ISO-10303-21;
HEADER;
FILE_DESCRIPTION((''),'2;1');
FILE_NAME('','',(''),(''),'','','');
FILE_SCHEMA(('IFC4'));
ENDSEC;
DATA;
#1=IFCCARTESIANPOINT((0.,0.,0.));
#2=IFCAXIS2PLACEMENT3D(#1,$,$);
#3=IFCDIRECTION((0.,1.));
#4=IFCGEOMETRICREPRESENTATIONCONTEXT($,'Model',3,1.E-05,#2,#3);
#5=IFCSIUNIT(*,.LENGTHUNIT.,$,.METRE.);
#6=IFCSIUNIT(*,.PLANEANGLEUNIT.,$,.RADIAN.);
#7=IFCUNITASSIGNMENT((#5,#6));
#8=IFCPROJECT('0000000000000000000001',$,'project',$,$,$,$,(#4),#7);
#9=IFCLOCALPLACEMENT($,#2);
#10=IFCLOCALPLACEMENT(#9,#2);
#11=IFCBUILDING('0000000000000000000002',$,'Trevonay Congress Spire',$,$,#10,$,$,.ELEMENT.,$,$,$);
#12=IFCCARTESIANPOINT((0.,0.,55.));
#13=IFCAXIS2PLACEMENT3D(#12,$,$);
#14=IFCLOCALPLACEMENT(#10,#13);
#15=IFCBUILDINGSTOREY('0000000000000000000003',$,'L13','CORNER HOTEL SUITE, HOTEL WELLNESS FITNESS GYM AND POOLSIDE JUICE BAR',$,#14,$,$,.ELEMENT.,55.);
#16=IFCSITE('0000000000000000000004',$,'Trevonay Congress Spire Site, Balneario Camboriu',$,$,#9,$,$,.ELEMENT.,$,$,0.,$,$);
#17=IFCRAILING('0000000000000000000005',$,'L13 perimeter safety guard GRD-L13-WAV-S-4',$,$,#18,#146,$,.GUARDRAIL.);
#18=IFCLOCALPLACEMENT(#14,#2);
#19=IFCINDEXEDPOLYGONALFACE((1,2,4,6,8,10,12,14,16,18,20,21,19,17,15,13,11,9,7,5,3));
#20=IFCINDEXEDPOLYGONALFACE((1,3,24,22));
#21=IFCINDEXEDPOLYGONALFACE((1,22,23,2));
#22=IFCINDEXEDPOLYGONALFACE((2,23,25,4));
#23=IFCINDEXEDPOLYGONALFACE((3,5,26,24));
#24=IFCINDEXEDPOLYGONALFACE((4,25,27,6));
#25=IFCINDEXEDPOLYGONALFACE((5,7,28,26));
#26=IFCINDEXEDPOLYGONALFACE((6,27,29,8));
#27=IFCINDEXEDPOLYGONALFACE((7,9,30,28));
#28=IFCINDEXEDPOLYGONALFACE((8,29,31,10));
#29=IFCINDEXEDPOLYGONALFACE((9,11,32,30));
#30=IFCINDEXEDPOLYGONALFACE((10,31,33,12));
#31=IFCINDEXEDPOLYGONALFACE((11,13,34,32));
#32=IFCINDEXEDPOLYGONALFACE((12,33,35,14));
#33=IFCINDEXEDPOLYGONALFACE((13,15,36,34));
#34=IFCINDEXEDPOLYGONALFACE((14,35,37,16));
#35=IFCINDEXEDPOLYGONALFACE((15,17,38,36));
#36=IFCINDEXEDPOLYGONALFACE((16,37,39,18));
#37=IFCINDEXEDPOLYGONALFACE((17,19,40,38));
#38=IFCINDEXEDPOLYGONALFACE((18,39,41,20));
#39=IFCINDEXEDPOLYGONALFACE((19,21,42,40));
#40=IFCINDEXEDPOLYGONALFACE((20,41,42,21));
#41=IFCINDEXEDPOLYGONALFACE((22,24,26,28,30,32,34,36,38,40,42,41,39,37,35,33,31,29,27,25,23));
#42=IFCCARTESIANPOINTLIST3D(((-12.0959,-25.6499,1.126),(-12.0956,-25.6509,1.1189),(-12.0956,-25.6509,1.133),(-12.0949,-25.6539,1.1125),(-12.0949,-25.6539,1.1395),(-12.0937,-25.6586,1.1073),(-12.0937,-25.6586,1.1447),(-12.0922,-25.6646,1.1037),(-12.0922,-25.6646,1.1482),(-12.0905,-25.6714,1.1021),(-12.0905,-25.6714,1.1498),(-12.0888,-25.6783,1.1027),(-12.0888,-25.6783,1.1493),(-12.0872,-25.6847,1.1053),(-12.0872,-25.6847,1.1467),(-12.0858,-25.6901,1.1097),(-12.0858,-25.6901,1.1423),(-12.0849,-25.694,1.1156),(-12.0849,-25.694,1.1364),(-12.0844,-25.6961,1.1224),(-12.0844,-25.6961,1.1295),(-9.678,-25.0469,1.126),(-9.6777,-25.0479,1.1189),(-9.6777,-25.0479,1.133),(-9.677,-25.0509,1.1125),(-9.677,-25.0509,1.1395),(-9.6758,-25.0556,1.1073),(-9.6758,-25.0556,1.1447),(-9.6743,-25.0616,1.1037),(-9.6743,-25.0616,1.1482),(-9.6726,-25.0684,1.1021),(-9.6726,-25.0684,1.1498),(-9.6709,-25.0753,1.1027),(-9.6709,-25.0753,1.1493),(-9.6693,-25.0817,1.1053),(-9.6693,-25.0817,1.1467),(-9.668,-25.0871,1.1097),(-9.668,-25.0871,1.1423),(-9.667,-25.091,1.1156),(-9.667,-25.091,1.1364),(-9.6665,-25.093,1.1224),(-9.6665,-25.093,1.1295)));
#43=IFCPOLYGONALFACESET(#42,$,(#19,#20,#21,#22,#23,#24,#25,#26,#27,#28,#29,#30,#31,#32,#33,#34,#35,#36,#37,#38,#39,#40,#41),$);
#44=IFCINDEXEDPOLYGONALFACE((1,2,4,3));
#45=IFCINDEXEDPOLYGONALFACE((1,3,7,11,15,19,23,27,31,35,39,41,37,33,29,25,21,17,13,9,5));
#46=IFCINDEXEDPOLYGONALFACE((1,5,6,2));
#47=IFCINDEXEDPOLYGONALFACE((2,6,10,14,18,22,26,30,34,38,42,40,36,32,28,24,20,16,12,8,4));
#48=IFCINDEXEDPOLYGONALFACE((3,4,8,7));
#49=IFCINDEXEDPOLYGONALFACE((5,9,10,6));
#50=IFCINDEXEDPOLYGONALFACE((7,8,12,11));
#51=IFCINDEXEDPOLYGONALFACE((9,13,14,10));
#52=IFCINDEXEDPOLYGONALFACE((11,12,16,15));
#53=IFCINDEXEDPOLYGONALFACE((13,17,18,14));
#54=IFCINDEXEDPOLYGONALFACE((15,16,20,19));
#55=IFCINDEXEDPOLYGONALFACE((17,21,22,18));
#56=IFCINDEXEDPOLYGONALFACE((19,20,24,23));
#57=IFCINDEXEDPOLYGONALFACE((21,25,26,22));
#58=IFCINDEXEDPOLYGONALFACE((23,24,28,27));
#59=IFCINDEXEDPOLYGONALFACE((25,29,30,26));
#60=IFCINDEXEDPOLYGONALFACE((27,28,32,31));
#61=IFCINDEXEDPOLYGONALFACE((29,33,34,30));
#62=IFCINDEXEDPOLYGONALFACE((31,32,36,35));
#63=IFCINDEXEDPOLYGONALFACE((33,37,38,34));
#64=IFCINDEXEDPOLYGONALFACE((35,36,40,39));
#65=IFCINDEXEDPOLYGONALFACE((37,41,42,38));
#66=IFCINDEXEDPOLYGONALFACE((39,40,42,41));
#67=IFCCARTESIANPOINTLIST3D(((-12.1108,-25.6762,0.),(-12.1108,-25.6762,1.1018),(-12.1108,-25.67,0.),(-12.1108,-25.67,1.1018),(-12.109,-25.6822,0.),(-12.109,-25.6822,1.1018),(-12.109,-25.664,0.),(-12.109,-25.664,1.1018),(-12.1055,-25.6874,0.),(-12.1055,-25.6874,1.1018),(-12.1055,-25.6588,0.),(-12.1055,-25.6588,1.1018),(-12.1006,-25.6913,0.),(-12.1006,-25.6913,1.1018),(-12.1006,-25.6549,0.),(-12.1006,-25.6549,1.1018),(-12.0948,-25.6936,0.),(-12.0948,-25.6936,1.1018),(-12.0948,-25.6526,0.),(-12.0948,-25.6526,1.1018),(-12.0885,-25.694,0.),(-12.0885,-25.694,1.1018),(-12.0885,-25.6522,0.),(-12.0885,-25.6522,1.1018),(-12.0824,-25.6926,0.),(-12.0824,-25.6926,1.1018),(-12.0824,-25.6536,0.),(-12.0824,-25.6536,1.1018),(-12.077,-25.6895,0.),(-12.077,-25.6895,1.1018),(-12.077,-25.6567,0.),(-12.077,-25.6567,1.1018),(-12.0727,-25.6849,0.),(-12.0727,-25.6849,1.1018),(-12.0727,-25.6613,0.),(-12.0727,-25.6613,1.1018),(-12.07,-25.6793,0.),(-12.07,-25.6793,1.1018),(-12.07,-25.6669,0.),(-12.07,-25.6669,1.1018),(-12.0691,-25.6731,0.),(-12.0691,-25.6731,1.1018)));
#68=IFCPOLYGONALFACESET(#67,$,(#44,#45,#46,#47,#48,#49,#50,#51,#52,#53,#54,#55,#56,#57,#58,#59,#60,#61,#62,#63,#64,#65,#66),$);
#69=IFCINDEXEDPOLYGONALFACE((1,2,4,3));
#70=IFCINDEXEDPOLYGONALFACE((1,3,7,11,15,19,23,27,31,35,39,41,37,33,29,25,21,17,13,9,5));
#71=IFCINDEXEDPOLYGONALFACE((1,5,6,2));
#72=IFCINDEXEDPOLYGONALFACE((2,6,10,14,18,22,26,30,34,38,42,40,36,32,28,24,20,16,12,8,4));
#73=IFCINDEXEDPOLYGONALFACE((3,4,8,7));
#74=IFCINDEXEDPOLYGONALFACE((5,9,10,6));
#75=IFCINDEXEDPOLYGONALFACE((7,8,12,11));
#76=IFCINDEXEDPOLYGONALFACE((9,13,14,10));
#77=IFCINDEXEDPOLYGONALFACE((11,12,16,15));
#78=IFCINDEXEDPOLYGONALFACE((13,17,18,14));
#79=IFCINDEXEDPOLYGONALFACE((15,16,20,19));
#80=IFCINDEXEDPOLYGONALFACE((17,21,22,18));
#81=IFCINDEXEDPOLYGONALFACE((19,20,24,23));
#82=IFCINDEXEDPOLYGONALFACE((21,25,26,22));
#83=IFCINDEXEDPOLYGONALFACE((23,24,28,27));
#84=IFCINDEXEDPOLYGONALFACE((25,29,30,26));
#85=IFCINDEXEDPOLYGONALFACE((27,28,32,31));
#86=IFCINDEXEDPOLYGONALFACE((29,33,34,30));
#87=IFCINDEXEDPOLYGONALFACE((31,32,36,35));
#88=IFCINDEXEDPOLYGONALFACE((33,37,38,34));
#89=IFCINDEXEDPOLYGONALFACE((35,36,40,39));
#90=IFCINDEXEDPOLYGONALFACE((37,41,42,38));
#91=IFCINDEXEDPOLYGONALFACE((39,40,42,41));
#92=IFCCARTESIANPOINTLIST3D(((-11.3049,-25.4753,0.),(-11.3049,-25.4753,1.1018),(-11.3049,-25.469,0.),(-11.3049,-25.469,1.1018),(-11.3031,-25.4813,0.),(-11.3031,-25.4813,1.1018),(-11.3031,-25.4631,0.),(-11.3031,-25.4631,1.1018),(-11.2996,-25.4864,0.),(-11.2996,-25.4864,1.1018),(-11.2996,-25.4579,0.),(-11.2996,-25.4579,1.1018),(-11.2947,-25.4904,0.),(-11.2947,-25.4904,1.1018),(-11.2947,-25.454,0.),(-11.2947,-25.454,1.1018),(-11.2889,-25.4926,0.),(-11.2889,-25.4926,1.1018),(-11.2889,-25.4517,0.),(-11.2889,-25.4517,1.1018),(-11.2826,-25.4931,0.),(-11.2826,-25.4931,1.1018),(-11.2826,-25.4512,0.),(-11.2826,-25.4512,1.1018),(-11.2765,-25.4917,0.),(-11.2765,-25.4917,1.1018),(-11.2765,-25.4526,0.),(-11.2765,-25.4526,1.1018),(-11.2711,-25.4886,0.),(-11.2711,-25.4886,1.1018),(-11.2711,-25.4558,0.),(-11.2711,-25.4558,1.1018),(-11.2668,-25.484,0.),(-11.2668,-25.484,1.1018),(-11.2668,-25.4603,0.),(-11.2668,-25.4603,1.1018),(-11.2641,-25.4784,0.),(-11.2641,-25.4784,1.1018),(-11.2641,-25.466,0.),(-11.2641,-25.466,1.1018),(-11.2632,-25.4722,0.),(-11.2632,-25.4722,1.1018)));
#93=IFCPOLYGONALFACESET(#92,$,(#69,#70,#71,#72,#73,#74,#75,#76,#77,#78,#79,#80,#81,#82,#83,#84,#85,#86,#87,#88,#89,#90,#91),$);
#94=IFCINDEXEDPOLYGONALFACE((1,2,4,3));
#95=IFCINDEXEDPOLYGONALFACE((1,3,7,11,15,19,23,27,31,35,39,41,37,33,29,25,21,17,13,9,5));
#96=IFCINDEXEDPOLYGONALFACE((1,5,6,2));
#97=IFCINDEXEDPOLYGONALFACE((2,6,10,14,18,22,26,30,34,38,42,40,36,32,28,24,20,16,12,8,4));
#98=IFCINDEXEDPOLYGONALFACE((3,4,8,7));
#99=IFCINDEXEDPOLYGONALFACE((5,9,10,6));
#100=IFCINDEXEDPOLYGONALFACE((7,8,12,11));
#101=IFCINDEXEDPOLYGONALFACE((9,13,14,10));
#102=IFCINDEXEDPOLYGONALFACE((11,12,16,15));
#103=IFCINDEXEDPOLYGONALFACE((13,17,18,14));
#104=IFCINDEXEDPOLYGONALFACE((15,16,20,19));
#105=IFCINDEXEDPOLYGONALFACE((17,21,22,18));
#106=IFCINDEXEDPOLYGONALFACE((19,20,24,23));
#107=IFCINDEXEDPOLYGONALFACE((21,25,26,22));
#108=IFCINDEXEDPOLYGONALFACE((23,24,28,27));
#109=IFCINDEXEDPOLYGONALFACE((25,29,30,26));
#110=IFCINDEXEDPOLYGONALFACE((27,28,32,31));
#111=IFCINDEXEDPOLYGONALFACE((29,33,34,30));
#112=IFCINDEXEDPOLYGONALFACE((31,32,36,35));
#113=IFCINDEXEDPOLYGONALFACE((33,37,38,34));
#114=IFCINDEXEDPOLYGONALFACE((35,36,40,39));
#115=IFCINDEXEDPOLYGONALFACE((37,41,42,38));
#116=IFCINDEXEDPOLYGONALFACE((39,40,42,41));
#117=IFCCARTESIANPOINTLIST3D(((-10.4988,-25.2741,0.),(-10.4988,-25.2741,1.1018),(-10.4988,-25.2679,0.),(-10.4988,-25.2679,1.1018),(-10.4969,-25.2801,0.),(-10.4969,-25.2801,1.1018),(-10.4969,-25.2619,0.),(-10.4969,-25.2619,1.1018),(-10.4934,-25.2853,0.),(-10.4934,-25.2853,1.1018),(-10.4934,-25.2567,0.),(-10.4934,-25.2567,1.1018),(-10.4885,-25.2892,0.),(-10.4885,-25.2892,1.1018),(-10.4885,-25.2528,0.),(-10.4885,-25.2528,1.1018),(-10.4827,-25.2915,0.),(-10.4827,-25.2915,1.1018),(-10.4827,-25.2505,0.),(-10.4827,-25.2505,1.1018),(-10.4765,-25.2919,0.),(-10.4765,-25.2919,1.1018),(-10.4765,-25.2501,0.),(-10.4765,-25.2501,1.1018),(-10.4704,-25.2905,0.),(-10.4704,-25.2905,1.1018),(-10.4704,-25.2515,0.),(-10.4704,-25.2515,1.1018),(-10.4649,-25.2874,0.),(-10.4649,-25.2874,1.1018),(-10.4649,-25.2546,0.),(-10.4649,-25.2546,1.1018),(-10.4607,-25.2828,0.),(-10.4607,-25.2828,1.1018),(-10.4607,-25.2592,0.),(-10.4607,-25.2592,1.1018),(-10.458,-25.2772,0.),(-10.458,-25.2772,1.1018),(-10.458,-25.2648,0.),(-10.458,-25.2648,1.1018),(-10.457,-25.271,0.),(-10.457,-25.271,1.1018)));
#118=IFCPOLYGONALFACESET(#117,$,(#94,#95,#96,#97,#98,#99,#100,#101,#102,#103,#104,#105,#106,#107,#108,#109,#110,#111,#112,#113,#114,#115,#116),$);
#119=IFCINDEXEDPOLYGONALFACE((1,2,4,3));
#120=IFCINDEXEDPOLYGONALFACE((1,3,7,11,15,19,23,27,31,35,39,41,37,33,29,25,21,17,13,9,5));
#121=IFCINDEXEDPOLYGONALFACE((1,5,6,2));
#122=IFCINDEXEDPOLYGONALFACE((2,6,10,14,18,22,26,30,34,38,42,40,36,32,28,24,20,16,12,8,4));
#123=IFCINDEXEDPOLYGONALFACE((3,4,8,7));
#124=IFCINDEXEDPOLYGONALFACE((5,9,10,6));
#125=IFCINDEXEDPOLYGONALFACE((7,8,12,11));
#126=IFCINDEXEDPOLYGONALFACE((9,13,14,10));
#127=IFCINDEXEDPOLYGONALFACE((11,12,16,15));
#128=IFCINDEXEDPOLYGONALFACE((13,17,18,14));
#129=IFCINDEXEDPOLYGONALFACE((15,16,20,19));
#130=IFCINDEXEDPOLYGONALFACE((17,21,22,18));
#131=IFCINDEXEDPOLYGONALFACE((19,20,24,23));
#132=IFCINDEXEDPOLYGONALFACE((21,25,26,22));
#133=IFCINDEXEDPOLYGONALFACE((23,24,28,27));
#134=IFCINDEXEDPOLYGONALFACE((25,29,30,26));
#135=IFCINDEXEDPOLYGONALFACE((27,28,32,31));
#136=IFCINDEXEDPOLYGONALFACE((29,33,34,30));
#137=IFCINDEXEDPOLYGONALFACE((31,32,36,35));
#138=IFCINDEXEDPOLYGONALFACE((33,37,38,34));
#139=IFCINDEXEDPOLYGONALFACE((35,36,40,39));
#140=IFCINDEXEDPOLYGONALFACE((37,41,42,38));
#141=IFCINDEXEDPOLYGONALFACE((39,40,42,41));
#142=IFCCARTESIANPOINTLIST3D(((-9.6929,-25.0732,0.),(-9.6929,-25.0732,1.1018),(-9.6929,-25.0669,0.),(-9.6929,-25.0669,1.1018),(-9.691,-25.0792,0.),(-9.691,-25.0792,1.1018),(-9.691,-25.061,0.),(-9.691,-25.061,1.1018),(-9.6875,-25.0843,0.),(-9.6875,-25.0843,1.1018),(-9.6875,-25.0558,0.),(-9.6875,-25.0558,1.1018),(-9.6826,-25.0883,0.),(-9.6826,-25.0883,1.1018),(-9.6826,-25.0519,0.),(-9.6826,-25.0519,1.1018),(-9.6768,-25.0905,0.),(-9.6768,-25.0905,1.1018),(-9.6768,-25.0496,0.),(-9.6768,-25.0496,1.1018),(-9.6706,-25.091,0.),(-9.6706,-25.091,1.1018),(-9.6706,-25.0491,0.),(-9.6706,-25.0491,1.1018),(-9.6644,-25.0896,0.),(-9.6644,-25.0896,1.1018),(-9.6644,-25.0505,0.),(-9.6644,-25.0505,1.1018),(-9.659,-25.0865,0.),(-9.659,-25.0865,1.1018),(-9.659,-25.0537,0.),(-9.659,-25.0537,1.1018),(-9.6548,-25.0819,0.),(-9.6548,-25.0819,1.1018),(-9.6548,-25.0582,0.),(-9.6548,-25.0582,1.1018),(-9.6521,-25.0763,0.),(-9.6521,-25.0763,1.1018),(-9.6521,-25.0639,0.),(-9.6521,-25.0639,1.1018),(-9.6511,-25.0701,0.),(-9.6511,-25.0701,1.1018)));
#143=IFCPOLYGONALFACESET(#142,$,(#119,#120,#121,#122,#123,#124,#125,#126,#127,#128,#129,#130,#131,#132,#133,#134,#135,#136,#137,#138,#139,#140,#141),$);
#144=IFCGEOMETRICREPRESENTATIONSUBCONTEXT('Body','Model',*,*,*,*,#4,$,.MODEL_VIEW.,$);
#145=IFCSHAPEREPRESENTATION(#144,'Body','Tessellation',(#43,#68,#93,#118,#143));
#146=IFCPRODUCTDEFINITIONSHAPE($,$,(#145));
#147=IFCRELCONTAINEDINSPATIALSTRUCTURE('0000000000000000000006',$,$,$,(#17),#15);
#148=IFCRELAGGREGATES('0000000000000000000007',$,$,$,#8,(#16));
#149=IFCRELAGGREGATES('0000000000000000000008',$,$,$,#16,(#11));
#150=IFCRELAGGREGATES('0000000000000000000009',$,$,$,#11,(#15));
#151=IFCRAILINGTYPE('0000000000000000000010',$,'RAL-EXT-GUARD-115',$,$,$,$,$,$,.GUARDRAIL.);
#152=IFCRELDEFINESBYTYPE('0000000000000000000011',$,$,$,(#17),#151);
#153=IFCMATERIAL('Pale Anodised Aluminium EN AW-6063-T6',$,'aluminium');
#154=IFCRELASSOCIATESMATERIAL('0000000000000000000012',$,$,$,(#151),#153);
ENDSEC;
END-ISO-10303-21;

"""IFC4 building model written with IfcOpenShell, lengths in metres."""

from ifc_helpers import new_model, si_unit, direction, frame, origin, origin_2d, place, context, subcontext, project, spatial, circle, extrude, material, type_object, element, save


model = new_model("IFC4")

# Units and contexts
model_context = context("Model", 3, precision=1e-05, world=origin(), true_north=direction((0.0, 1.0)))
body_context = subcontext(model_context, "Body", "Model", "MODEL_VIEW")
ifc_project = project(units=[si_unit("LENGTHUNIT", "METRE"), si_unit("PLANEANGLEUNIT", "RADIAN")], contexts=[model_context])

# Site, building, storey
site_placement = place(None, origin())
site = spatial("IfcSite", under=ifc_project, at=site_placement, Name="Trevonay Congress Spire Site, Balneario Camboriu", CompositionType="ELEMENT", RefElevation=0.0)
building_placement = place(site_placement, origin())
building = spatial("IfcBuilding", under=site, at=building_placement, Name="Trevonay Congress Spire", CompositionType="ELEMENT")
storey_placement = place(building_placement, frame((0.0, 0.0, 55.0)))
storey = spatial("IfcBuildingStorey", under=building, at=storey_placement, Name="L13", Description="CORNER HOTEL SUITE, HOTEL WELLNESS FITNESS GYM AND POOLSIDE JUICE BAR", CompositionType="ELEMENT", Elevation=55.0)

# Shared definitions
ifc_material_1 = material(Name="Pale Anodised Aluminium EN AW-6063-T6", Category="aluminium")

# Railing
railing_type = type_object("IfcRailingType", Name="RAL-EXT-GUARD-115", PredefinedType="GUARDRAIL", material=ifc_material_1)
railing_1_placement = place(storey_placement, frame((-12.0901, -25.6731, 0.0)))
element("IfcRailing", 1, at=railing_1_placement, inside=storey, type_object=railing_type, Name="L13 perimeter safety guard GRD-L13-WAV-S-4", PredefinedType="GUARDRAIL", context=body_context, shape_type="SweptSolid", body=[
    extrude(circle(Radius=0.0239, at=origin_2d()), frame((0.0, 0.0, 1.126), z_axis=(0.970281, 0.241982, 0.0), x_axis=(-0.241982, 0.970281, 0.0)), (0.0, 0.0, 1.0), 2.4919),
    extrude(circle(Radius=0.021, at=origin_2d()), origin(), (0.0, 0.0, 1.0), 1.1018),
    extrude(circle(Radius=0.021, at=origin_2d()), frame((0.8059, 0.2009, 0.0)), (0.0, 0.0, 1.0), 1.1018),
    extrude(circle(Radius=0.021, at=origin_2d()), frame((1.6121, 0.4021, 0.0)), (0.0, 0.0, 1.0), 1.1018),
    extrude(circle(Radius=0.021, at=origin_2d()), frame((2.418, 0.603, 0.0)), (0.0, 0.0, 1.0), 1.1018),
])

save(model, "model.ifc")
